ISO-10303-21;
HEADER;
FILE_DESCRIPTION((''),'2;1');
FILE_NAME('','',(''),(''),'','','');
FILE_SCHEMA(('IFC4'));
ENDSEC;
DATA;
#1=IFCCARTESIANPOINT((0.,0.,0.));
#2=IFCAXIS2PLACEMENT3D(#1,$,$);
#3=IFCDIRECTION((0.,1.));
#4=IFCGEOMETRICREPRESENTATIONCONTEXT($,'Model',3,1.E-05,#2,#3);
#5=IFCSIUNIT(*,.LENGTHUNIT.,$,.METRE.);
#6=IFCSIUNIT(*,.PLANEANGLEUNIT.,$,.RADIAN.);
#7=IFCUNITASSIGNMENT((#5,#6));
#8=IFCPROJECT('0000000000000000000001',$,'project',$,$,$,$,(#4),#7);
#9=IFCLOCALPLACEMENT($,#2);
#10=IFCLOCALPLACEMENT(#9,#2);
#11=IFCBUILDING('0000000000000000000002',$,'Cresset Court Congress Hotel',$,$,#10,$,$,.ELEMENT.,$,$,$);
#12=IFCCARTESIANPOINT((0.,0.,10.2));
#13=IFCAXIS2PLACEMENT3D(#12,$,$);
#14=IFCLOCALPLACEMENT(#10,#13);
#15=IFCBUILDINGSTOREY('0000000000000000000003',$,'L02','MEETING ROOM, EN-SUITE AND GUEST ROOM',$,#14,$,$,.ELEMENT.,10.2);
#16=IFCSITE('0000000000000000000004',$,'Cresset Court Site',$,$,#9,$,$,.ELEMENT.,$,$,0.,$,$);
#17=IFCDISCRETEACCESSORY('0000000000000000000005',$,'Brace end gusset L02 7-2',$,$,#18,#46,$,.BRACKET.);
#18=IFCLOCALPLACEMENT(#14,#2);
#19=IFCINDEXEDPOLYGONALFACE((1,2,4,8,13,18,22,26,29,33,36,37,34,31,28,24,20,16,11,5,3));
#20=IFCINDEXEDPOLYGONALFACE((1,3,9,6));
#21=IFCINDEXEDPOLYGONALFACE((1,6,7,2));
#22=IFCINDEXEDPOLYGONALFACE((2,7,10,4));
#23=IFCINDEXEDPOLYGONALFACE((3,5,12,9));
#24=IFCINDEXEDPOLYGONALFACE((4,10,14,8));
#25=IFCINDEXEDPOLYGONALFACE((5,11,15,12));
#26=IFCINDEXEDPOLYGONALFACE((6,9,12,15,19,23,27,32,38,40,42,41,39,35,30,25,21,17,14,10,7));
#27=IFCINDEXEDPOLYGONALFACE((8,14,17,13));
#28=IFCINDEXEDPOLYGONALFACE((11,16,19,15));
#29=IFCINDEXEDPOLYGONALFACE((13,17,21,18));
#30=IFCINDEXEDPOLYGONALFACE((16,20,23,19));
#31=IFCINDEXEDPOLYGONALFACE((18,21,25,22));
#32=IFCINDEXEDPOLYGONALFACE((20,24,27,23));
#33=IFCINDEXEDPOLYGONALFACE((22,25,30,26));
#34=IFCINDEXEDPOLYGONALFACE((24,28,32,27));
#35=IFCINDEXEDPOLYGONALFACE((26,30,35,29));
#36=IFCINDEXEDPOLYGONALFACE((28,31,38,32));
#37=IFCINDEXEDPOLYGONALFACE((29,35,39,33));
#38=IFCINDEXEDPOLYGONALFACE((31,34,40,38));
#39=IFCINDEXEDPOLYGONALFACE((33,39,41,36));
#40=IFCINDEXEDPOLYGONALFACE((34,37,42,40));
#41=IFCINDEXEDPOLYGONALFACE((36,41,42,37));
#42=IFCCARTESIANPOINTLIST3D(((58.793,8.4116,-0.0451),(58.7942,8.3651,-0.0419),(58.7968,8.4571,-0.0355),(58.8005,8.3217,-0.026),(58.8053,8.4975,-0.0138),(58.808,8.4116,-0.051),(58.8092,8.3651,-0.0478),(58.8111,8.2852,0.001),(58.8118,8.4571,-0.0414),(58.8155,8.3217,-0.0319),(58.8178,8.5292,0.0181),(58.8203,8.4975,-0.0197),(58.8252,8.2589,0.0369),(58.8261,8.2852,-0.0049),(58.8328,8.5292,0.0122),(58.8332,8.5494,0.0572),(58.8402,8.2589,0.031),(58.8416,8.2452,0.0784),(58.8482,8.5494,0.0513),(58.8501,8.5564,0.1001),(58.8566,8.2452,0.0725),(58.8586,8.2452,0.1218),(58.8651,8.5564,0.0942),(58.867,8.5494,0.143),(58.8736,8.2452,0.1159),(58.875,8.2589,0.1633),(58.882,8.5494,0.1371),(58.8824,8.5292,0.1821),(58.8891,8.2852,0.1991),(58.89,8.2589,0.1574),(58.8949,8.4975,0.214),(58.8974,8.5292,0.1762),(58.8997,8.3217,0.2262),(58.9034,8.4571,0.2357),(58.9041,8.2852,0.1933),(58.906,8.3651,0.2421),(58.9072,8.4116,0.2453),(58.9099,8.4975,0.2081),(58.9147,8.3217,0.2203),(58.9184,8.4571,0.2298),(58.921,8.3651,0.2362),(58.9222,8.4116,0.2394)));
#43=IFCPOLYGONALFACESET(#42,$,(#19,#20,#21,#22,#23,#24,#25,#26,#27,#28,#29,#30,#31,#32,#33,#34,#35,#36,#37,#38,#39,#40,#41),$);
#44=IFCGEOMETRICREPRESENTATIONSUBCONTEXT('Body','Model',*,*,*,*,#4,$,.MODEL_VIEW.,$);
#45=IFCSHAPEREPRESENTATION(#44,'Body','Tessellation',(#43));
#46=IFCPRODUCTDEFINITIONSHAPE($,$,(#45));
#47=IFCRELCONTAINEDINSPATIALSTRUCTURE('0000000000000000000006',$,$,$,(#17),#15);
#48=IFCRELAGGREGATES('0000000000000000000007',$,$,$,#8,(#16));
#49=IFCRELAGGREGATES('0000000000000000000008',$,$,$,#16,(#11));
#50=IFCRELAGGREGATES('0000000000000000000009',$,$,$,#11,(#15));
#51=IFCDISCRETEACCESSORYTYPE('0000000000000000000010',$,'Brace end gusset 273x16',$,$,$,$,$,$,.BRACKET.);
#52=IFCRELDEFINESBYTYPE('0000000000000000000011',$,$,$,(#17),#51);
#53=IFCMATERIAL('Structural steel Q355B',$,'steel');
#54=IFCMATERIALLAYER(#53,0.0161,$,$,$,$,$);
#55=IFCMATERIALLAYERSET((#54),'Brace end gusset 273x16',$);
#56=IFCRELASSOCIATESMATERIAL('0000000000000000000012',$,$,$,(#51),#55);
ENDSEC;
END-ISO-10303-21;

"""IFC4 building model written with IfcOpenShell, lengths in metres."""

from ifc_helpers import new_model, si_unit, direction, frame, origin, origin_2d, place, context, subcontext, project, spatial, circle, extrude, material, layer, layer_set, type_object, element, save


model = new_model("IFC4")

# Units and contexts
model_context = context("Model", 3, precision=1e-05, world=origin(), true_north=direction((0.0, 1.0)))
body_context = subcontext(model_context, "Body", "Model", "MODEL_VIEW")
ifc_project = project(units=[si_unit("LENGTHUNIT", "METRE"), si_unit("PLANEANGLEUNIT", "RADIAN")], contexts=[model_context])

# Site, building, storey
site_placement = place(None, origin())
site = spatial("IfcSite", under=ifc_project, at=site_placement, Name="Cresset Court Site", CompositionType="ELEMENT", RefElevation=0.0)
building_placement = place(site_placement, origin())
building = spatial("IfcBuilding", under=site, at=building_placement, Name="Cresset Court Congress Hotel", CompositionType="ELEMENT")
storey_placement = place(building_placement, frame((0.0, 0.0, 10.2)))
storey = spatial("IfcBuildingStorey", under=building, at=storey_placement, Name="L02", Description="MEETING ROOM, EN-SUITE AND GUEST ROOM", CompositionType="ELEMENT", Elevation=10.2)

# Discrete accessory
ifc_material_1 = material(Name="Structural steel Q355B", Category="steel")
ifc_layer_1 = layer(ifc_material_1, 0.0161)
ifc_layer_set_1 = layer_set([ifc_layer_1], Name="Brace end gusset 273x16")
discrete_accessory_type = type_object("IfcDiscreteAccessoryType", Name="Brace end gusset 273x16", PredefinedType="BRACKET", material=ifc_layer_set_1)
discrete_accessory_placement = place(storey_placement, frame((58.8501, 8.3999, 0.1001), z_axis=(0.930566, 0.0, -0.366124), x_axis=(0.0, 1.0, 0.0)))
element("IfcDiscreteAccessory", 1, at=discrete_accessory_placement, inside=storey, type_object=discrete_accessory_type, Name="Brace end gusset L02 7-2", PredefinedType="BRACKET", context=body_context, shape_type="SweptSolid", body=[
    extrude(circle(Radius=0.1565, at=origin_2d()), origin(), (0.0, 0.0, 1.0), 0.0161),
])

save(model, "model.ifc")
